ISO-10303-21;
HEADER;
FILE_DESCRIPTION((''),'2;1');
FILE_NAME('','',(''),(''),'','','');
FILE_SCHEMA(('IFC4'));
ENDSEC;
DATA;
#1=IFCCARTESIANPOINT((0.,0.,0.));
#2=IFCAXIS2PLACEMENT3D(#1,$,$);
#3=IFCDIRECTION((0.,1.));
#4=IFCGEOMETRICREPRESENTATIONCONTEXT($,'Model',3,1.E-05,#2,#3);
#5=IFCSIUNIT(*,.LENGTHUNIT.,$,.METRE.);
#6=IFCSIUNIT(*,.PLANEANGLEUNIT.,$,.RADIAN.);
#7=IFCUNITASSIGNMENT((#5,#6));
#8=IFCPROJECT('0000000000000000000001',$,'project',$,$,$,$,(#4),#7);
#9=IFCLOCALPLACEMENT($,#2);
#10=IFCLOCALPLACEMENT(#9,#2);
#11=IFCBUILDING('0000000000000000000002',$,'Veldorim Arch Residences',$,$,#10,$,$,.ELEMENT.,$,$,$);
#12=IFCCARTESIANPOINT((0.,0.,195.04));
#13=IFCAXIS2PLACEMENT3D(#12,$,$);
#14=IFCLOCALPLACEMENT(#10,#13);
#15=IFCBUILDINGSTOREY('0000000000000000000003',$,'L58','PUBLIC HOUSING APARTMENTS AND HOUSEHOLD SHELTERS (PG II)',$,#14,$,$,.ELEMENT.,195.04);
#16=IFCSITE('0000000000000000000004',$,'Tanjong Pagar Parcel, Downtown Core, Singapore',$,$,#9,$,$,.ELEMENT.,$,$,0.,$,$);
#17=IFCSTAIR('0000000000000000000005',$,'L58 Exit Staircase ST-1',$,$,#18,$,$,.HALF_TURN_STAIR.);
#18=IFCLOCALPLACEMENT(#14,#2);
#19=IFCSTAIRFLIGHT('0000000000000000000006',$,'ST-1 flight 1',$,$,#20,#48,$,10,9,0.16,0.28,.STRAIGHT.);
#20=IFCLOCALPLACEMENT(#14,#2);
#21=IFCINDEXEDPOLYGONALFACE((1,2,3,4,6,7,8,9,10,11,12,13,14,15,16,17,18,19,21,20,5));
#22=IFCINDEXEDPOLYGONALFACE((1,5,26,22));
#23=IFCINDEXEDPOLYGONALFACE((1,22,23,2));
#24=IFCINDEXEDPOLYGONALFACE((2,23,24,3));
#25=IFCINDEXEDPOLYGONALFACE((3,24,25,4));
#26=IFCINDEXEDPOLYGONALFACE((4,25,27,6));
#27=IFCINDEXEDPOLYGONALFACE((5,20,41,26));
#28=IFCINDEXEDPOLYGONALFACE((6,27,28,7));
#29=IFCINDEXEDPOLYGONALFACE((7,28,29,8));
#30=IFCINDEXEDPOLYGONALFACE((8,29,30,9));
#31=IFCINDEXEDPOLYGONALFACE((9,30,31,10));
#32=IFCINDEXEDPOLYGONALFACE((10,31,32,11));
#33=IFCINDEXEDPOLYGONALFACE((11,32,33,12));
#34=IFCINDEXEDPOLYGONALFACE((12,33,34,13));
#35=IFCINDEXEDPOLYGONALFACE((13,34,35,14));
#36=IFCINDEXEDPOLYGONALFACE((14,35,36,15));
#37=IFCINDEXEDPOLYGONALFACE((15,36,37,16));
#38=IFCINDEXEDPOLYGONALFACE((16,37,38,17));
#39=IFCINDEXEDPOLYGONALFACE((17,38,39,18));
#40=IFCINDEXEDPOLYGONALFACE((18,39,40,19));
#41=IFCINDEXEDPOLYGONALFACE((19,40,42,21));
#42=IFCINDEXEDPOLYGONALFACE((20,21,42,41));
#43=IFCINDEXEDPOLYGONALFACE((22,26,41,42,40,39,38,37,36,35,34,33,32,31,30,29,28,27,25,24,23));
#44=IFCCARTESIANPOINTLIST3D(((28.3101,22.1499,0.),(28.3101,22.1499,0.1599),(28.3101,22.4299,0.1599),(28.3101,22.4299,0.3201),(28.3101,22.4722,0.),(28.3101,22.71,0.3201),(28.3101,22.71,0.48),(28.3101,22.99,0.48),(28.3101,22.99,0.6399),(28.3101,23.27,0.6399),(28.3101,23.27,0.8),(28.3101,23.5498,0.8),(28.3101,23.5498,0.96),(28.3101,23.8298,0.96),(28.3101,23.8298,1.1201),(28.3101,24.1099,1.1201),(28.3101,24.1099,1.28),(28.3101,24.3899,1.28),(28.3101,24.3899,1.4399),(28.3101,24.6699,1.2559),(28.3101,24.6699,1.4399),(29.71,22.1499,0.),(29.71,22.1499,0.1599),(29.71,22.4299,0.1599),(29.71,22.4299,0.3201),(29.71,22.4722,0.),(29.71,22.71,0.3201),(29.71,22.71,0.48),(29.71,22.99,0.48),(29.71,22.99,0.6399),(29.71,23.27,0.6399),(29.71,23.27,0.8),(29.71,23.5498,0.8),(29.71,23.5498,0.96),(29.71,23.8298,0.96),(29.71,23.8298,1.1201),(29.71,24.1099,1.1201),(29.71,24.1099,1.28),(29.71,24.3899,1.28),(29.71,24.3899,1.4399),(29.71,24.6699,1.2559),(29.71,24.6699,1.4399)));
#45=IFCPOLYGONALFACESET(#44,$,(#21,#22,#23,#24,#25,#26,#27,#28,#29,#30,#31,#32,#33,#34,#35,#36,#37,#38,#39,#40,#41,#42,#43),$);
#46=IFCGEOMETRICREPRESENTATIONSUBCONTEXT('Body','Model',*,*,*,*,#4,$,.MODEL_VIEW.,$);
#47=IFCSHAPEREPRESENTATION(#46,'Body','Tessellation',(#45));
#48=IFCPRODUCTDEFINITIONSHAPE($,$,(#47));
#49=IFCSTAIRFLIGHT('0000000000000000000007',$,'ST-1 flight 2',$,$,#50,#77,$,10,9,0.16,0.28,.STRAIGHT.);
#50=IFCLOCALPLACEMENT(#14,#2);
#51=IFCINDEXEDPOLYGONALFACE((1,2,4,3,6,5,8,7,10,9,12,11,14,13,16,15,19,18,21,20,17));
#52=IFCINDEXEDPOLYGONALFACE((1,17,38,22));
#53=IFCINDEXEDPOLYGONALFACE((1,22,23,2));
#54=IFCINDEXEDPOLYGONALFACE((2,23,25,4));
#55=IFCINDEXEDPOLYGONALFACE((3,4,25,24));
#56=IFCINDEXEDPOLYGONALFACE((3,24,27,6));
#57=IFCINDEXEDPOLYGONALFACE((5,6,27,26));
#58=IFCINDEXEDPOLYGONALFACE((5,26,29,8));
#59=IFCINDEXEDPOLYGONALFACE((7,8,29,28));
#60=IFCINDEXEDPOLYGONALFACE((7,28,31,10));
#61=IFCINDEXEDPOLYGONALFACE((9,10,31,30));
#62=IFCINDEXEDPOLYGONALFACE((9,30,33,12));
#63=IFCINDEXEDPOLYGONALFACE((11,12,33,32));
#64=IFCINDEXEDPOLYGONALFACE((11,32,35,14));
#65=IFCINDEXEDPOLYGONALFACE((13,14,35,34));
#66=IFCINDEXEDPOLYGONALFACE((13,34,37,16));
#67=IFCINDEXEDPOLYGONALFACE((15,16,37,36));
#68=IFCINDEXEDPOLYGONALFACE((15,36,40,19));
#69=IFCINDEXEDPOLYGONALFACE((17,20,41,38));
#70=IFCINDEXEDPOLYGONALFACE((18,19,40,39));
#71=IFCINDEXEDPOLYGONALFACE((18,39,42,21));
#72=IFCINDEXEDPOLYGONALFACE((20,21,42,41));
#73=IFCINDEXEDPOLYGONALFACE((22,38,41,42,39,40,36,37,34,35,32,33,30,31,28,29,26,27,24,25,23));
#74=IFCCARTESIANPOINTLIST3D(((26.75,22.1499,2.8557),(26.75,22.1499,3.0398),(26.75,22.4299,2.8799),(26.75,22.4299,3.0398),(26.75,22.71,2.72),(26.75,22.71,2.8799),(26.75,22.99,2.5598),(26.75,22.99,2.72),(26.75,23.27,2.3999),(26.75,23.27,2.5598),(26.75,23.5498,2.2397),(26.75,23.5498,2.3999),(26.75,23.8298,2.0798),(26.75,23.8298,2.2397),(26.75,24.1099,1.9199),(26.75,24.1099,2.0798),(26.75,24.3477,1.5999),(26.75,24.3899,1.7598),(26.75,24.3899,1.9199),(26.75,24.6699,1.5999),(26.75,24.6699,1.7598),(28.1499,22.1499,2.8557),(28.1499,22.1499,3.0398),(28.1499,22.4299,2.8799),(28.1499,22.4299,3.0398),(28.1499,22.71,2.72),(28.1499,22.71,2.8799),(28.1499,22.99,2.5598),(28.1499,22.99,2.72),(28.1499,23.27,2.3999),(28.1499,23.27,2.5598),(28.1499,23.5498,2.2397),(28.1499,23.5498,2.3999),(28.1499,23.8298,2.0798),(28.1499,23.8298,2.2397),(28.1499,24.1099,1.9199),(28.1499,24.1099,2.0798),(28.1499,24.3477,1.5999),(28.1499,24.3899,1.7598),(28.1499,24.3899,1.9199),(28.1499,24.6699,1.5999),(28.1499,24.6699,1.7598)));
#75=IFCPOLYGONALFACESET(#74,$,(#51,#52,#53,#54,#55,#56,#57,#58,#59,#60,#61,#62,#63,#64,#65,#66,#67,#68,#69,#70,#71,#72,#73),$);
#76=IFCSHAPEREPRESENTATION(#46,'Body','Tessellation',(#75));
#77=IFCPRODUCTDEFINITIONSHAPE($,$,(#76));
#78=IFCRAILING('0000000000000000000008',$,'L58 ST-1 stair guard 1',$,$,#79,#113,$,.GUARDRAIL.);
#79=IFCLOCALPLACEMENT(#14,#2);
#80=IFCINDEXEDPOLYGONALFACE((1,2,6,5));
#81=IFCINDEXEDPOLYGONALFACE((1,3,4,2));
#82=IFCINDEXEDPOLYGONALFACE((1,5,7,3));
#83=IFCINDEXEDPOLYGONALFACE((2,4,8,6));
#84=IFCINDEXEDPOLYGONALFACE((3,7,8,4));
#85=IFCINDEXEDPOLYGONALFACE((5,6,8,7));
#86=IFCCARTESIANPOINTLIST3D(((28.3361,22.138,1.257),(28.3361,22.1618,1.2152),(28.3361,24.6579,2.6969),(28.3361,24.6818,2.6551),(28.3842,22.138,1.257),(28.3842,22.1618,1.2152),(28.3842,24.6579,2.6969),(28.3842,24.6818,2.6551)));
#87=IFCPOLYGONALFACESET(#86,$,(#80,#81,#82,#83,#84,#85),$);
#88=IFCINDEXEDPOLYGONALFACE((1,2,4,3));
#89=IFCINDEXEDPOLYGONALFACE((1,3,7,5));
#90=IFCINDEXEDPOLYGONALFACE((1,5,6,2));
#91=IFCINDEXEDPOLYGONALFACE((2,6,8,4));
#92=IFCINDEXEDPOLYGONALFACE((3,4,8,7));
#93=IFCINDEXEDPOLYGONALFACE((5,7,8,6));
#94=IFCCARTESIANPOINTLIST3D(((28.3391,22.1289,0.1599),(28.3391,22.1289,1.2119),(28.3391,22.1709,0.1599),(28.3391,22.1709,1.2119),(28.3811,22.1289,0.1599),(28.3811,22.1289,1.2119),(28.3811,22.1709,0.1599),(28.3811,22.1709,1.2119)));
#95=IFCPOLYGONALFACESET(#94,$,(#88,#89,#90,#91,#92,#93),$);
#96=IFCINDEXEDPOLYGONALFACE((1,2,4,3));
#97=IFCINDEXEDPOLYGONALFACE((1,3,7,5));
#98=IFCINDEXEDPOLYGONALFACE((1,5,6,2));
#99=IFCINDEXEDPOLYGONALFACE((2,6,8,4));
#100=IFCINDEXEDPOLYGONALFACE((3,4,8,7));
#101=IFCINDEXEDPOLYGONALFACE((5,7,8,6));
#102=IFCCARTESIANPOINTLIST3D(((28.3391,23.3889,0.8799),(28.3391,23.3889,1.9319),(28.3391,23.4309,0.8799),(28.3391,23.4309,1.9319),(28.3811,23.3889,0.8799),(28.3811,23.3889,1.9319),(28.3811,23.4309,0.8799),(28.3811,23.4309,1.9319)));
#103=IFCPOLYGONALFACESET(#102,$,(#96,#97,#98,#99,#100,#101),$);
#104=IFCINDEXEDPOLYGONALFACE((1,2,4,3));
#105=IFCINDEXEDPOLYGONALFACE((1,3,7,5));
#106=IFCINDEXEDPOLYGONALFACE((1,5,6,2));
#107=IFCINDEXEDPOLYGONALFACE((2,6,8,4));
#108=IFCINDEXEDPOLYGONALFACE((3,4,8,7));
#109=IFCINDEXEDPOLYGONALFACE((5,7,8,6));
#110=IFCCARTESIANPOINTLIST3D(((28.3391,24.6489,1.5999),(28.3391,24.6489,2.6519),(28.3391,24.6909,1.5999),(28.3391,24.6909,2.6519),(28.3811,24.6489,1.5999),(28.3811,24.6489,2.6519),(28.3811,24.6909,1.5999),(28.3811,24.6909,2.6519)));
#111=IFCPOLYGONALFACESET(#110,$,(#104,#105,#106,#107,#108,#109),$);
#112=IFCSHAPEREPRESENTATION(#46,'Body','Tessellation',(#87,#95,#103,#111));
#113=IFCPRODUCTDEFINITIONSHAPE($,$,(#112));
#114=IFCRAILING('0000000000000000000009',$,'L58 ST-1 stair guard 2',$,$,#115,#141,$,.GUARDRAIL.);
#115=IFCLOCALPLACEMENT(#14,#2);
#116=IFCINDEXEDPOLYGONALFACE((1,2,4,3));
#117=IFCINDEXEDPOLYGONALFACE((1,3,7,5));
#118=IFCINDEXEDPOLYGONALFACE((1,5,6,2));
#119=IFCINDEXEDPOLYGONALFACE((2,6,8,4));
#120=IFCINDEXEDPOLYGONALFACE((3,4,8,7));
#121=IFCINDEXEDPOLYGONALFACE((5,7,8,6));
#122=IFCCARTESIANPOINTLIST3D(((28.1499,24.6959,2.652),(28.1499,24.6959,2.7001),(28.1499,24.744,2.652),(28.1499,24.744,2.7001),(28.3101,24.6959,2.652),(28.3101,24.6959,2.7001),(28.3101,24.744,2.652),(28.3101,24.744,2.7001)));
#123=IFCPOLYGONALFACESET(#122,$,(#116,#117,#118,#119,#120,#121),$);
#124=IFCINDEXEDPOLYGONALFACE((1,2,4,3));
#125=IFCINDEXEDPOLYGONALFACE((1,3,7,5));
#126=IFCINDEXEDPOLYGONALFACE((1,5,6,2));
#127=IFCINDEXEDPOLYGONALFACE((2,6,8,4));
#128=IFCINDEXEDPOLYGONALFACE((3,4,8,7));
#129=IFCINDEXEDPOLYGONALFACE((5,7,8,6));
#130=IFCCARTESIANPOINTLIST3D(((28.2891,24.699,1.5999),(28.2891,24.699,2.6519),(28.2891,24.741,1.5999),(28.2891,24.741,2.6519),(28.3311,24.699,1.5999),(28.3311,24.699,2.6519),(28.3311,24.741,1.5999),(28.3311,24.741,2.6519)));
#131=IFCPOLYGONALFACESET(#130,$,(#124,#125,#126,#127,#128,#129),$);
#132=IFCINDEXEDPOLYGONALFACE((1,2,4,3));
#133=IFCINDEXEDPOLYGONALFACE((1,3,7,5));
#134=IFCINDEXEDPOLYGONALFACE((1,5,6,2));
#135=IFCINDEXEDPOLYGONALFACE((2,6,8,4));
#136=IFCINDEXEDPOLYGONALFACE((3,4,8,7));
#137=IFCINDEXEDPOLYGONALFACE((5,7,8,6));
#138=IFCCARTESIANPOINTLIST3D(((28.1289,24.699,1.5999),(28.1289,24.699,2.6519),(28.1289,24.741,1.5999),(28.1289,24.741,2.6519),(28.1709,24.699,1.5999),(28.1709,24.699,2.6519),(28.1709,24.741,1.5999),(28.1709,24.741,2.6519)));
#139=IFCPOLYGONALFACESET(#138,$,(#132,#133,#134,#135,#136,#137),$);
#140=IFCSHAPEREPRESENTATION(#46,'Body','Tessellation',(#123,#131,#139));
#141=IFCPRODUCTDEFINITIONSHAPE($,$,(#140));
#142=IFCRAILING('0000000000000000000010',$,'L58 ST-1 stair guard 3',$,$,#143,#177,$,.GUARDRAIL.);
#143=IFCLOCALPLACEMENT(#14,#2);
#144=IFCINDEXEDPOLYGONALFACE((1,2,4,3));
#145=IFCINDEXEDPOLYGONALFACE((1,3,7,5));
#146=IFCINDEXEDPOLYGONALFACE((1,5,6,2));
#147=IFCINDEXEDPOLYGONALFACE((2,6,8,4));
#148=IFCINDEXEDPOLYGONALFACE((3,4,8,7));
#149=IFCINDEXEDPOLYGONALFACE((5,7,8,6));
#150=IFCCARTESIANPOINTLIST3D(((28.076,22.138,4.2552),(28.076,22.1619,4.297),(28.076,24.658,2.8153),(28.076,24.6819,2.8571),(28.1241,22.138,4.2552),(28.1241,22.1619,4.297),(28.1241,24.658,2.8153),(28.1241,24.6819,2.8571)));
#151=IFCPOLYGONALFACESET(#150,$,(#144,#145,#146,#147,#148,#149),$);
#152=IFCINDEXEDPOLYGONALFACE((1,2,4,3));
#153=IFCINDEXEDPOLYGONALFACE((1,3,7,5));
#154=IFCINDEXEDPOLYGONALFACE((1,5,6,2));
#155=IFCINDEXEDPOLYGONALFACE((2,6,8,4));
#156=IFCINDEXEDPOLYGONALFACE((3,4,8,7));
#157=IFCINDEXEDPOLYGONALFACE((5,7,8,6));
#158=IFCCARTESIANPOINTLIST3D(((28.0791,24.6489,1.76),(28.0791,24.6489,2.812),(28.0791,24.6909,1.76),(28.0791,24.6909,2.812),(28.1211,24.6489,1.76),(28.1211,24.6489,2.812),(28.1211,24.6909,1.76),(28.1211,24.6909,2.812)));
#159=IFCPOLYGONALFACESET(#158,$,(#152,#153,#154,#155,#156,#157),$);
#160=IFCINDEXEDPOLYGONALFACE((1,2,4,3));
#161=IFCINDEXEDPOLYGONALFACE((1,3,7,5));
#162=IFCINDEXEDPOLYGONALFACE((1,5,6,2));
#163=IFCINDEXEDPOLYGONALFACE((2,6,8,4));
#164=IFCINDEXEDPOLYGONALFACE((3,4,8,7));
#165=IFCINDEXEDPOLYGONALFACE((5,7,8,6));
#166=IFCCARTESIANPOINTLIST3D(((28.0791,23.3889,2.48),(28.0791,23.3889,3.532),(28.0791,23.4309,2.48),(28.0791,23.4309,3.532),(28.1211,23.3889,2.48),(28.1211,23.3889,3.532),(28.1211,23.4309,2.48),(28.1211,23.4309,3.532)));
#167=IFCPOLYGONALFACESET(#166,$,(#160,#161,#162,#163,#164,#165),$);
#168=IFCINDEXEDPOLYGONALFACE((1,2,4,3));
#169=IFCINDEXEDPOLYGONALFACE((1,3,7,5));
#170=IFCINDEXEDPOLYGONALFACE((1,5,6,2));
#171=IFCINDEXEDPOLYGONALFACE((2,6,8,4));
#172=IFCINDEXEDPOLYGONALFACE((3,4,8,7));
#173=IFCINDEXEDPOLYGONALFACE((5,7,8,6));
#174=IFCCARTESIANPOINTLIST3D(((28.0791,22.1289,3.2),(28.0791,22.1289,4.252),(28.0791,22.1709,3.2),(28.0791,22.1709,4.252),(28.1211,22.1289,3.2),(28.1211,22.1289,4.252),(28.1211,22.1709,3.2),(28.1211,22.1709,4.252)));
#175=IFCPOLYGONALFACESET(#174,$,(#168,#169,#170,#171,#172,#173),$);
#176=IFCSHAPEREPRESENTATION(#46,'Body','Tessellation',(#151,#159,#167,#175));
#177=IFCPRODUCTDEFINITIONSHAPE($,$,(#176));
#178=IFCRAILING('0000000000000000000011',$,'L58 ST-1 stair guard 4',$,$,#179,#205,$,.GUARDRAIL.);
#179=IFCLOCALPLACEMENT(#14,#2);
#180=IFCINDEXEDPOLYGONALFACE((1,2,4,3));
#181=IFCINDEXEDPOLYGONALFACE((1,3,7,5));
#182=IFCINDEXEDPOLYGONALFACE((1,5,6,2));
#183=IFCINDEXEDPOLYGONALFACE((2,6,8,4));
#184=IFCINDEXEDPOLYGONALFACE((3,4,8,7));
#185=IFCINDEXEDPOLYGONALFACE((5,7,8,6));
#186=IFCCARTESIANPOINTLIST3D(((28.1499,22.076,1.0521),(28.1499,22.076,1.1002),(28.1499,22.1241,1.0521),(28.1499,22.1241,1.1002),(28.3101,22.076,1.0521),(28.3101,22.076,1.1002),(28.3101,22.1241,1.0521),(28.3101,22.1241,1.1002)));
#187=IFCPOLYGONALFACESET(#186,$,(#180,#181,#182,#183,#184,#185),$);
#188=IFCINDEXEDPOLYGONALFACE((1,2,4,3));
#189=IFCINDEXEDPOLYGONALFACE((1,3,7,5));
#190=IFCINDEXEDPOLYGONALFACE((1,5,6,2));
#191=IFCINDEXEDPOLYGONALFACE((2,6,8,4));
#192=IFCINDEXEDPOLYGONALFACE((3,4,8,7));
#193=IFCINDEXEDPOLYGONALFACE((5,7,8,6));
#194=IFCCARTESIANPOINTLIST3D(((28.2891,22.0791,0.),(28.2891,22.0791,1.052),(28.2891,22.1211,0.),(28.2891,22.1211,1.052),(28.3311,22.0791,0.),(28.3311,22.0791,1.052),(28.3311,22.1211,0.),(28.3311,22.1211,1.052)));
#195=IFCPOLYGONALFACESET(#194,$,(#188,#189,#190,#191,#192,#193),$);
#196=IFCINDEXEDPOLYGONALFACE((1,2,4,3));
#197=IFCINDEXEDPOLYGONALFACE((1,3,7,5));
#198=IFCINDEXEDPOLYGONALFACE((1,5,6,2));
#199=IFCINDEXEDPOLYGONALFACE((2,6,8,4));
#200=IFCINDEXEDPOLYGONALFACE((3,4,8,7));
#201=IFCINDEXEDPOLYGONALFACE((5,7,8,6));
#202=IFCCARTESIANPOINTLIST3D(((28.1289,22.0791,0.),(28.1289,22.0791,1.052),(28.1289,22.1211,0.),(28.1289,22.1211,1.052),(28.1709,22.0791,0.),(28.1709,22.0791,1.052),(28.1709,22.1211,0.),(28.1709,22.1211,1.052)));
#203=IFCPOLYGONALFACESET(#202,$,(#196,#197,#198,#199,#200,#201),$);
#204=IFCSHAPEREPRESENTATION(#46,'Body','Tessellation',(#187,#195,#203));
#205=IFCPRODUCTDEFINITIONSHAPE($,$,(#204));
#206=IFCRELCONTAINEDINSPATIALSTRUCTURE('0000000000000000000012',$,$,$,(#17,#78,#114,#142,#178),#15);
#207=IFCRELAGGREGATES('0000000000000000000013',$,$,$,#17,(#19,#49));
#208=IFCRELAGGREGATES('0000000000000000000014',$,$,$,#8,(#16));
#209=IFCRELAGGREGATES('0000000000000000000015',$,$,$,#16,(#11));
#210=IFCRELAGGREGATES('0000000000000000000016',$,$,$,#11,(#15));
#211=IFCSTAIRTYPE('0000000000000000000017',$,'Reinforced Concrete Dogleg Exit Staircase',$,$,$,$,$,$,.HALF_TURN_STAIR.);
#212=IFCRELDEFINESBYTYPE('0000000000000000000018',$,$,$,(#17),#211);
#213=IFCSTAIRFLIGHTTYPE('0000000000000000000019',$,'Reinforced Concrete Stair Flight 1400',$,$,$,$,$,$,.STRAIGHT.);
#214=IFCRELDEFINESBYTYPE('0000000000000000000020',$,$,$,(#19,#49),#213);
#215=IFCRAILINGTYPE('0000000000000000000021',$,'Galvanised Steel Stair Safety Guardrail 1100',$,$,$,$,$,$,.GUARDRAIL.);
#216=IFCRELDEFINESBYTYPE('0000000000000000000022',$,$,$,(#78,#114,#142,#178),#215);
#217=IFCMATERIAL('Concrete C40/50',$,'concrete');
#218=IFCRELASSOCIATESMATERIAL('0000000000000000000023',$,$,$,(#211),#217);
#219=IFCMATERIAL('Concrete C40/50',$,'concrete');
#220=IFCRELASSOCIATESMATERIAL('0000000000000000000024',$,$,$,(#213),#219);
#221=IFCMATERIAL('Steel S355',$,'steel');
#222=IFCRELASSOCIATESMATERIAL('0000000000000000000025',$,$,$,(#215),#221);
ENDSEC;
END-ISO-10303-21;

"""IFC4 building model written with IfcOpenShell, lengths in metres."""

from ifc_helpers import new_model, si_unit, direction, frame, origin, origin_2d, place, context, subcontext, project, spatial, polyline, rectangle, outline, extrude, material, type_object, element, aggregate, save


model = new_model("IFC4")

# Units and contexts
model_context = context("Model", 3, precision=1e-05, world=origin(), true_north=direction((0.0, 1.0)))
body_context = subcontext(model_context, "Body", "Model", "MODEL_VIEW")
ifc_project = project(units=[si_unit("LENGTHUNIT", "METRE"), si_unit("PLANEANGLEUNIT", "RADIAN")], contexts=[model_context])

# Site, building, storey
site_placement = place(None, origin())
site = spatial("IfcSite", under=ifc_project, at=site_placement, Name="Tanjong Pagar Parcel, Downtown Core, Singapore", CompositionType="ELEMENT", RefElevation=0.0)
building_placement = place(site_placement, origin())
building = spatial("IfcBuilding", under=site, at=building_placement, Name="Veldorim Arch Residences", CompositionType="ELEMENT")
storey_placement = place(building_placement, frame((0.0, 0.0, 195.04)))
storey = spatial("IfcBuildingStorey", under=building, at=storey_placement, Name="L58", Description="PUBLIC HOUSING APARTMENTS AND HOUSEHOLD SHELTERS (PG II)", CompositionType="ELEMENT", Elevation=195.04)

# Stair, stair flights
ifc_material_1 = material(Name="Concrete C40/50", Category="concrete")
stair_type = type_object("IfcStairType", Name="Reinforced Concrete Dogleg Exit Staircase", PredefinedType="HALF_TURN_STAIR", material=ifc_material_1)
stair_placement = place(storey_placement, origin())
stair = element("IfcStair", 1, at=stair_placement, inside=storey, type_object=stair_type, Name="L58 Exit Staircase ST-1", PredefinedType="HALF_TURN_STAIR")
ifc_material_2 = material(Name="Concrete C40/50", Category="concrete")
stair_flight_type = type_object("IfcStairFlightType", Name="Reinforced Concrete Stair Flight 1400", PredefinedType="STRAIGHT", material=ifc_material_2)
stair_flight_1_placement = place(storey_placement, frame((29.01, 22.1499, 0.0), z_axis=(0.0, 0.0, 1.0), x_axis=(0.0, 1.0, 0.0)))
stair_flight_1 = element("IfcStairFlight", 2, at=stair_flight_1_placement, type_object=stair_flight_type, Name="ST-1 flight 1", NumberOfRisers=10, NumberOfTreads=9, PredefinedType="STRAIGHT", RiserHeight=0.16, TreadLength=0.28, context=body_context, shape_type="SweptSolid", body=[
    extrude(outline(polyline([(0.0, 0.0), (0.0, 0.1599), (0.28, 0.1599), (0.28, 0.3201), (0.5601, 0.3201), (0.5601, 0.48), (0.8401, 0.48), (0.8401, 0.6399), (1.1201, 0.6399), (1.1201, 0.8), (1.3999, 0.8), (1.3999, 0.96), (1.6799, 0.96), (1.6799, 1.1201), (1.96, 1.1201), (1.96, 1.28), (2.24, 1.28), (2.24, 1.4399), (2.52, 1.4399), (2.52, 1.6001), (2.52, 1.2559), (0.3223, 0.0), (0.0, 0.0)])), frame((0.0, 0.7, 0.0), z_axis=(0.0, -1.0, 0.0), x_axis=(1.0, 0.0, 0.0)), (0.0, 0.0, 1.0), 1.3999),
])
stair_flight_2_placement = place(storey_placement, frame((27.45, 24.6699, 1.5999), z_axis=(0.0, 0.0, 1.0), x_axis=(0.0, -1.0, 0.0)))
stair_flight_2 = element("IfcStairFlight", 3, at=stair_flight_2_placement, type_object=stair_flight_type, Name="ST-1 flight 2", NumberOfRisers=10, NumberOfTreads=9, PredefinedType="STRAIGHT", RiserHeight=0.16, TreadLength=0.28, context=body_context, shape_type="SweptSolid", body=[
    extrude(outline(polyline([(0.0, 0.0), (0.0, 0.1599), (0.28, 0.1599), (0.28, 0.3201), (0.5601, 0.3201), (0.5601, 0.48), (0.8401, 0.48), (0.8401, 0.6399), (1.1201, 0.6399), (1.1201, 0.8), (1.3999, 0.8), (1.3999, 0.96), (1.6799, 0.96), (1.6799, 1.1201), (1.96, 1.1201), (1.96, 1.28), (2.24, 1.28), (2.24, 1.4399), (2.52, 1.4399), (2.52, 1.6001), (2.52, 1.2559), (0.3223, 0.0), (0.0, 0.0)])), frame((0.0, 0.7, 0.0), z_axis=(0.0, -1.0, 0.0), x_axis=(1.0, 0.0, 0.0)), (0.0, 0.0, 1.0), 1.3999),
])
aggregate(stair, [stair_flight_1, stair_flight_2])

# Railings
ifc_material_3 = material(Name="Steel S355", Category="steel")
railing_type_1 = type_object("IfcRailingType", Name="Galvanised Steel Stair Safety Guardrail 1100", PredefinedType="GUARDRAIL", material=ifc_material_3)
railing_1_placement = place(storey_placement, frame((28.3601, 22.1499, 0.1599)))
element("IfcRailing", 4, at=railing_1_placement, inside=storey, type_object=railing_type_1, Name="L58 ST-1 stair guard 1", PredefinedType="GUARDRAIL", context=body_context, shape_type="SweptSolid", body=[
    extrude(rectangle(XDim=0.0481, YDim=0.0481, at=origin_2d()), frame((0.0, 0.0, 1.0762), z_axis=(0.0, 0.868253, 0.496121), x_axis=(-1.0, 0.0, 0.0)), (0.0, 0.0, 1.0), 2.9023),
    extrude(rectangle(XDim=0.042, YDim=0.042, at=origin_2d()), origin(), (0.0, 0.0, 1.0), 1.052),
    extrude(rectangle(XDim=0.042, YDim=0.042, at=origin_2d()), frame((0.0, 1.26, 0.72)), (0.0, 0.0, 1.0), 1.052),
    extrude(rectangle(XDim=0.042, YDim=0.042, at=origin_2d()), frame((0.0, 2.52, 1.4399)), (0.0, 0.0, 1.0), 1.052),
])
railing_2_placement = place(storey_placement, frame((28.3101, 24.72, 1.5999)))
element("IfcRailing", 5, at=railing_2_placement, inside=storey, type_object=railing_type_1, Name="L58 ST-1 stair guard 2", PredefinedType="GUARDRAIL", context=body_context, shape_type="SweptSolid", body=[
    extrude(rectangle(XDim=0.0481, YDim=0.0481, at=origin_2d()), frame((0.0, 0.0, 1.0762), z_axis=(-1.0, 0.0, 0.0), x_axis=(0.0, -1.0, 0.0)), (0.0, 0.0, 1.0), 0.1602),
    extrude(rectangle(XDim=0.042, YDim=0.042, at=origin_2d()), origin(), (0.0, 0.0, 1.0), 1.052),
    extrude(rectangle(XDim=0.042, YDim=0.042, at=origin_2d()), frame((-0.1602, 0.0, 0.0)), (0.0, 0.0, 1.0), 1.052),
])
railing_3_placement = place(storey_placement, frame((28.1001, 24.6699, 1.76)))
element("IfcRailing", 6, at=railing_3_placement, inside=storey, type_object=railing_type_1, Name="L58 ST-1 stair guard 3", PredefinedType="GUARDRAIL", context=body_context, shape_type="SweptSolid", body=[
    extrude(rectangle(XDim=0.0481, YDim=0.0481, at=origin_2d()), frame((0.0, 0.0, 1.0762), z_axis=(0.0, -0.868253, 0.496121), x_axis=(1.0, 0.0, 0.0)), (0.0, 0.0, 1.0), 2.9023),
    extrude(rectangle(XDim=0.042, YDim=0.042, at=origin_2d()), origin(), (0.0, 0.0, 1.0), 1.052),
    extrude(rectangle(XDim=0.042, YDim=0.042, at=origin_2d()), frame((0.0, -1.26, 0.72)), (0.0, 0.0, 1.0), 1.052),
    extrude(rectangle(XDim=0.042, YDim=0.042, at=origin_2d()), frame((0.0, -2.52, 1.4399)), (0.0, 0.0, 1.0), 1.052),
])
railing_4_placement = place(storey_placement, frame((28.3101, 22.1001, 0.0)))
element("IfcRailing", 7, at=railing_4_placement, inside=storey, type_object=railing_type_1, Name="L58 ST-1 stair guard 4", PredefinedType="GUARDRAIL", context=body_context, shape_type="SweptSolid", body=[
    extrude(rectangle(XDim=0.0481, YDim=0.0481, at=origin_2d()), frame((0.0, 0.0, 1.0762), z_axis=(-1.0, 0.0, 0.0), x_axis=(0.0, -1.0, 0.0)), (0.0, 0.0, 1.0), 0.1602),
    extrude(rectangle(XDim=0.042, YDim=0.042, at=origin_2d()), origin(), (0.0, 0.0, 1.0), 1.052),
    extrude(rectangle(XDim=0.042, YDim=0.042, at=origin_2d()), frame((-0.1602, 0.0, 0.0)), (0.0, 0.0, 1.0), 1.052),
])

save(model, "model.ifc")
